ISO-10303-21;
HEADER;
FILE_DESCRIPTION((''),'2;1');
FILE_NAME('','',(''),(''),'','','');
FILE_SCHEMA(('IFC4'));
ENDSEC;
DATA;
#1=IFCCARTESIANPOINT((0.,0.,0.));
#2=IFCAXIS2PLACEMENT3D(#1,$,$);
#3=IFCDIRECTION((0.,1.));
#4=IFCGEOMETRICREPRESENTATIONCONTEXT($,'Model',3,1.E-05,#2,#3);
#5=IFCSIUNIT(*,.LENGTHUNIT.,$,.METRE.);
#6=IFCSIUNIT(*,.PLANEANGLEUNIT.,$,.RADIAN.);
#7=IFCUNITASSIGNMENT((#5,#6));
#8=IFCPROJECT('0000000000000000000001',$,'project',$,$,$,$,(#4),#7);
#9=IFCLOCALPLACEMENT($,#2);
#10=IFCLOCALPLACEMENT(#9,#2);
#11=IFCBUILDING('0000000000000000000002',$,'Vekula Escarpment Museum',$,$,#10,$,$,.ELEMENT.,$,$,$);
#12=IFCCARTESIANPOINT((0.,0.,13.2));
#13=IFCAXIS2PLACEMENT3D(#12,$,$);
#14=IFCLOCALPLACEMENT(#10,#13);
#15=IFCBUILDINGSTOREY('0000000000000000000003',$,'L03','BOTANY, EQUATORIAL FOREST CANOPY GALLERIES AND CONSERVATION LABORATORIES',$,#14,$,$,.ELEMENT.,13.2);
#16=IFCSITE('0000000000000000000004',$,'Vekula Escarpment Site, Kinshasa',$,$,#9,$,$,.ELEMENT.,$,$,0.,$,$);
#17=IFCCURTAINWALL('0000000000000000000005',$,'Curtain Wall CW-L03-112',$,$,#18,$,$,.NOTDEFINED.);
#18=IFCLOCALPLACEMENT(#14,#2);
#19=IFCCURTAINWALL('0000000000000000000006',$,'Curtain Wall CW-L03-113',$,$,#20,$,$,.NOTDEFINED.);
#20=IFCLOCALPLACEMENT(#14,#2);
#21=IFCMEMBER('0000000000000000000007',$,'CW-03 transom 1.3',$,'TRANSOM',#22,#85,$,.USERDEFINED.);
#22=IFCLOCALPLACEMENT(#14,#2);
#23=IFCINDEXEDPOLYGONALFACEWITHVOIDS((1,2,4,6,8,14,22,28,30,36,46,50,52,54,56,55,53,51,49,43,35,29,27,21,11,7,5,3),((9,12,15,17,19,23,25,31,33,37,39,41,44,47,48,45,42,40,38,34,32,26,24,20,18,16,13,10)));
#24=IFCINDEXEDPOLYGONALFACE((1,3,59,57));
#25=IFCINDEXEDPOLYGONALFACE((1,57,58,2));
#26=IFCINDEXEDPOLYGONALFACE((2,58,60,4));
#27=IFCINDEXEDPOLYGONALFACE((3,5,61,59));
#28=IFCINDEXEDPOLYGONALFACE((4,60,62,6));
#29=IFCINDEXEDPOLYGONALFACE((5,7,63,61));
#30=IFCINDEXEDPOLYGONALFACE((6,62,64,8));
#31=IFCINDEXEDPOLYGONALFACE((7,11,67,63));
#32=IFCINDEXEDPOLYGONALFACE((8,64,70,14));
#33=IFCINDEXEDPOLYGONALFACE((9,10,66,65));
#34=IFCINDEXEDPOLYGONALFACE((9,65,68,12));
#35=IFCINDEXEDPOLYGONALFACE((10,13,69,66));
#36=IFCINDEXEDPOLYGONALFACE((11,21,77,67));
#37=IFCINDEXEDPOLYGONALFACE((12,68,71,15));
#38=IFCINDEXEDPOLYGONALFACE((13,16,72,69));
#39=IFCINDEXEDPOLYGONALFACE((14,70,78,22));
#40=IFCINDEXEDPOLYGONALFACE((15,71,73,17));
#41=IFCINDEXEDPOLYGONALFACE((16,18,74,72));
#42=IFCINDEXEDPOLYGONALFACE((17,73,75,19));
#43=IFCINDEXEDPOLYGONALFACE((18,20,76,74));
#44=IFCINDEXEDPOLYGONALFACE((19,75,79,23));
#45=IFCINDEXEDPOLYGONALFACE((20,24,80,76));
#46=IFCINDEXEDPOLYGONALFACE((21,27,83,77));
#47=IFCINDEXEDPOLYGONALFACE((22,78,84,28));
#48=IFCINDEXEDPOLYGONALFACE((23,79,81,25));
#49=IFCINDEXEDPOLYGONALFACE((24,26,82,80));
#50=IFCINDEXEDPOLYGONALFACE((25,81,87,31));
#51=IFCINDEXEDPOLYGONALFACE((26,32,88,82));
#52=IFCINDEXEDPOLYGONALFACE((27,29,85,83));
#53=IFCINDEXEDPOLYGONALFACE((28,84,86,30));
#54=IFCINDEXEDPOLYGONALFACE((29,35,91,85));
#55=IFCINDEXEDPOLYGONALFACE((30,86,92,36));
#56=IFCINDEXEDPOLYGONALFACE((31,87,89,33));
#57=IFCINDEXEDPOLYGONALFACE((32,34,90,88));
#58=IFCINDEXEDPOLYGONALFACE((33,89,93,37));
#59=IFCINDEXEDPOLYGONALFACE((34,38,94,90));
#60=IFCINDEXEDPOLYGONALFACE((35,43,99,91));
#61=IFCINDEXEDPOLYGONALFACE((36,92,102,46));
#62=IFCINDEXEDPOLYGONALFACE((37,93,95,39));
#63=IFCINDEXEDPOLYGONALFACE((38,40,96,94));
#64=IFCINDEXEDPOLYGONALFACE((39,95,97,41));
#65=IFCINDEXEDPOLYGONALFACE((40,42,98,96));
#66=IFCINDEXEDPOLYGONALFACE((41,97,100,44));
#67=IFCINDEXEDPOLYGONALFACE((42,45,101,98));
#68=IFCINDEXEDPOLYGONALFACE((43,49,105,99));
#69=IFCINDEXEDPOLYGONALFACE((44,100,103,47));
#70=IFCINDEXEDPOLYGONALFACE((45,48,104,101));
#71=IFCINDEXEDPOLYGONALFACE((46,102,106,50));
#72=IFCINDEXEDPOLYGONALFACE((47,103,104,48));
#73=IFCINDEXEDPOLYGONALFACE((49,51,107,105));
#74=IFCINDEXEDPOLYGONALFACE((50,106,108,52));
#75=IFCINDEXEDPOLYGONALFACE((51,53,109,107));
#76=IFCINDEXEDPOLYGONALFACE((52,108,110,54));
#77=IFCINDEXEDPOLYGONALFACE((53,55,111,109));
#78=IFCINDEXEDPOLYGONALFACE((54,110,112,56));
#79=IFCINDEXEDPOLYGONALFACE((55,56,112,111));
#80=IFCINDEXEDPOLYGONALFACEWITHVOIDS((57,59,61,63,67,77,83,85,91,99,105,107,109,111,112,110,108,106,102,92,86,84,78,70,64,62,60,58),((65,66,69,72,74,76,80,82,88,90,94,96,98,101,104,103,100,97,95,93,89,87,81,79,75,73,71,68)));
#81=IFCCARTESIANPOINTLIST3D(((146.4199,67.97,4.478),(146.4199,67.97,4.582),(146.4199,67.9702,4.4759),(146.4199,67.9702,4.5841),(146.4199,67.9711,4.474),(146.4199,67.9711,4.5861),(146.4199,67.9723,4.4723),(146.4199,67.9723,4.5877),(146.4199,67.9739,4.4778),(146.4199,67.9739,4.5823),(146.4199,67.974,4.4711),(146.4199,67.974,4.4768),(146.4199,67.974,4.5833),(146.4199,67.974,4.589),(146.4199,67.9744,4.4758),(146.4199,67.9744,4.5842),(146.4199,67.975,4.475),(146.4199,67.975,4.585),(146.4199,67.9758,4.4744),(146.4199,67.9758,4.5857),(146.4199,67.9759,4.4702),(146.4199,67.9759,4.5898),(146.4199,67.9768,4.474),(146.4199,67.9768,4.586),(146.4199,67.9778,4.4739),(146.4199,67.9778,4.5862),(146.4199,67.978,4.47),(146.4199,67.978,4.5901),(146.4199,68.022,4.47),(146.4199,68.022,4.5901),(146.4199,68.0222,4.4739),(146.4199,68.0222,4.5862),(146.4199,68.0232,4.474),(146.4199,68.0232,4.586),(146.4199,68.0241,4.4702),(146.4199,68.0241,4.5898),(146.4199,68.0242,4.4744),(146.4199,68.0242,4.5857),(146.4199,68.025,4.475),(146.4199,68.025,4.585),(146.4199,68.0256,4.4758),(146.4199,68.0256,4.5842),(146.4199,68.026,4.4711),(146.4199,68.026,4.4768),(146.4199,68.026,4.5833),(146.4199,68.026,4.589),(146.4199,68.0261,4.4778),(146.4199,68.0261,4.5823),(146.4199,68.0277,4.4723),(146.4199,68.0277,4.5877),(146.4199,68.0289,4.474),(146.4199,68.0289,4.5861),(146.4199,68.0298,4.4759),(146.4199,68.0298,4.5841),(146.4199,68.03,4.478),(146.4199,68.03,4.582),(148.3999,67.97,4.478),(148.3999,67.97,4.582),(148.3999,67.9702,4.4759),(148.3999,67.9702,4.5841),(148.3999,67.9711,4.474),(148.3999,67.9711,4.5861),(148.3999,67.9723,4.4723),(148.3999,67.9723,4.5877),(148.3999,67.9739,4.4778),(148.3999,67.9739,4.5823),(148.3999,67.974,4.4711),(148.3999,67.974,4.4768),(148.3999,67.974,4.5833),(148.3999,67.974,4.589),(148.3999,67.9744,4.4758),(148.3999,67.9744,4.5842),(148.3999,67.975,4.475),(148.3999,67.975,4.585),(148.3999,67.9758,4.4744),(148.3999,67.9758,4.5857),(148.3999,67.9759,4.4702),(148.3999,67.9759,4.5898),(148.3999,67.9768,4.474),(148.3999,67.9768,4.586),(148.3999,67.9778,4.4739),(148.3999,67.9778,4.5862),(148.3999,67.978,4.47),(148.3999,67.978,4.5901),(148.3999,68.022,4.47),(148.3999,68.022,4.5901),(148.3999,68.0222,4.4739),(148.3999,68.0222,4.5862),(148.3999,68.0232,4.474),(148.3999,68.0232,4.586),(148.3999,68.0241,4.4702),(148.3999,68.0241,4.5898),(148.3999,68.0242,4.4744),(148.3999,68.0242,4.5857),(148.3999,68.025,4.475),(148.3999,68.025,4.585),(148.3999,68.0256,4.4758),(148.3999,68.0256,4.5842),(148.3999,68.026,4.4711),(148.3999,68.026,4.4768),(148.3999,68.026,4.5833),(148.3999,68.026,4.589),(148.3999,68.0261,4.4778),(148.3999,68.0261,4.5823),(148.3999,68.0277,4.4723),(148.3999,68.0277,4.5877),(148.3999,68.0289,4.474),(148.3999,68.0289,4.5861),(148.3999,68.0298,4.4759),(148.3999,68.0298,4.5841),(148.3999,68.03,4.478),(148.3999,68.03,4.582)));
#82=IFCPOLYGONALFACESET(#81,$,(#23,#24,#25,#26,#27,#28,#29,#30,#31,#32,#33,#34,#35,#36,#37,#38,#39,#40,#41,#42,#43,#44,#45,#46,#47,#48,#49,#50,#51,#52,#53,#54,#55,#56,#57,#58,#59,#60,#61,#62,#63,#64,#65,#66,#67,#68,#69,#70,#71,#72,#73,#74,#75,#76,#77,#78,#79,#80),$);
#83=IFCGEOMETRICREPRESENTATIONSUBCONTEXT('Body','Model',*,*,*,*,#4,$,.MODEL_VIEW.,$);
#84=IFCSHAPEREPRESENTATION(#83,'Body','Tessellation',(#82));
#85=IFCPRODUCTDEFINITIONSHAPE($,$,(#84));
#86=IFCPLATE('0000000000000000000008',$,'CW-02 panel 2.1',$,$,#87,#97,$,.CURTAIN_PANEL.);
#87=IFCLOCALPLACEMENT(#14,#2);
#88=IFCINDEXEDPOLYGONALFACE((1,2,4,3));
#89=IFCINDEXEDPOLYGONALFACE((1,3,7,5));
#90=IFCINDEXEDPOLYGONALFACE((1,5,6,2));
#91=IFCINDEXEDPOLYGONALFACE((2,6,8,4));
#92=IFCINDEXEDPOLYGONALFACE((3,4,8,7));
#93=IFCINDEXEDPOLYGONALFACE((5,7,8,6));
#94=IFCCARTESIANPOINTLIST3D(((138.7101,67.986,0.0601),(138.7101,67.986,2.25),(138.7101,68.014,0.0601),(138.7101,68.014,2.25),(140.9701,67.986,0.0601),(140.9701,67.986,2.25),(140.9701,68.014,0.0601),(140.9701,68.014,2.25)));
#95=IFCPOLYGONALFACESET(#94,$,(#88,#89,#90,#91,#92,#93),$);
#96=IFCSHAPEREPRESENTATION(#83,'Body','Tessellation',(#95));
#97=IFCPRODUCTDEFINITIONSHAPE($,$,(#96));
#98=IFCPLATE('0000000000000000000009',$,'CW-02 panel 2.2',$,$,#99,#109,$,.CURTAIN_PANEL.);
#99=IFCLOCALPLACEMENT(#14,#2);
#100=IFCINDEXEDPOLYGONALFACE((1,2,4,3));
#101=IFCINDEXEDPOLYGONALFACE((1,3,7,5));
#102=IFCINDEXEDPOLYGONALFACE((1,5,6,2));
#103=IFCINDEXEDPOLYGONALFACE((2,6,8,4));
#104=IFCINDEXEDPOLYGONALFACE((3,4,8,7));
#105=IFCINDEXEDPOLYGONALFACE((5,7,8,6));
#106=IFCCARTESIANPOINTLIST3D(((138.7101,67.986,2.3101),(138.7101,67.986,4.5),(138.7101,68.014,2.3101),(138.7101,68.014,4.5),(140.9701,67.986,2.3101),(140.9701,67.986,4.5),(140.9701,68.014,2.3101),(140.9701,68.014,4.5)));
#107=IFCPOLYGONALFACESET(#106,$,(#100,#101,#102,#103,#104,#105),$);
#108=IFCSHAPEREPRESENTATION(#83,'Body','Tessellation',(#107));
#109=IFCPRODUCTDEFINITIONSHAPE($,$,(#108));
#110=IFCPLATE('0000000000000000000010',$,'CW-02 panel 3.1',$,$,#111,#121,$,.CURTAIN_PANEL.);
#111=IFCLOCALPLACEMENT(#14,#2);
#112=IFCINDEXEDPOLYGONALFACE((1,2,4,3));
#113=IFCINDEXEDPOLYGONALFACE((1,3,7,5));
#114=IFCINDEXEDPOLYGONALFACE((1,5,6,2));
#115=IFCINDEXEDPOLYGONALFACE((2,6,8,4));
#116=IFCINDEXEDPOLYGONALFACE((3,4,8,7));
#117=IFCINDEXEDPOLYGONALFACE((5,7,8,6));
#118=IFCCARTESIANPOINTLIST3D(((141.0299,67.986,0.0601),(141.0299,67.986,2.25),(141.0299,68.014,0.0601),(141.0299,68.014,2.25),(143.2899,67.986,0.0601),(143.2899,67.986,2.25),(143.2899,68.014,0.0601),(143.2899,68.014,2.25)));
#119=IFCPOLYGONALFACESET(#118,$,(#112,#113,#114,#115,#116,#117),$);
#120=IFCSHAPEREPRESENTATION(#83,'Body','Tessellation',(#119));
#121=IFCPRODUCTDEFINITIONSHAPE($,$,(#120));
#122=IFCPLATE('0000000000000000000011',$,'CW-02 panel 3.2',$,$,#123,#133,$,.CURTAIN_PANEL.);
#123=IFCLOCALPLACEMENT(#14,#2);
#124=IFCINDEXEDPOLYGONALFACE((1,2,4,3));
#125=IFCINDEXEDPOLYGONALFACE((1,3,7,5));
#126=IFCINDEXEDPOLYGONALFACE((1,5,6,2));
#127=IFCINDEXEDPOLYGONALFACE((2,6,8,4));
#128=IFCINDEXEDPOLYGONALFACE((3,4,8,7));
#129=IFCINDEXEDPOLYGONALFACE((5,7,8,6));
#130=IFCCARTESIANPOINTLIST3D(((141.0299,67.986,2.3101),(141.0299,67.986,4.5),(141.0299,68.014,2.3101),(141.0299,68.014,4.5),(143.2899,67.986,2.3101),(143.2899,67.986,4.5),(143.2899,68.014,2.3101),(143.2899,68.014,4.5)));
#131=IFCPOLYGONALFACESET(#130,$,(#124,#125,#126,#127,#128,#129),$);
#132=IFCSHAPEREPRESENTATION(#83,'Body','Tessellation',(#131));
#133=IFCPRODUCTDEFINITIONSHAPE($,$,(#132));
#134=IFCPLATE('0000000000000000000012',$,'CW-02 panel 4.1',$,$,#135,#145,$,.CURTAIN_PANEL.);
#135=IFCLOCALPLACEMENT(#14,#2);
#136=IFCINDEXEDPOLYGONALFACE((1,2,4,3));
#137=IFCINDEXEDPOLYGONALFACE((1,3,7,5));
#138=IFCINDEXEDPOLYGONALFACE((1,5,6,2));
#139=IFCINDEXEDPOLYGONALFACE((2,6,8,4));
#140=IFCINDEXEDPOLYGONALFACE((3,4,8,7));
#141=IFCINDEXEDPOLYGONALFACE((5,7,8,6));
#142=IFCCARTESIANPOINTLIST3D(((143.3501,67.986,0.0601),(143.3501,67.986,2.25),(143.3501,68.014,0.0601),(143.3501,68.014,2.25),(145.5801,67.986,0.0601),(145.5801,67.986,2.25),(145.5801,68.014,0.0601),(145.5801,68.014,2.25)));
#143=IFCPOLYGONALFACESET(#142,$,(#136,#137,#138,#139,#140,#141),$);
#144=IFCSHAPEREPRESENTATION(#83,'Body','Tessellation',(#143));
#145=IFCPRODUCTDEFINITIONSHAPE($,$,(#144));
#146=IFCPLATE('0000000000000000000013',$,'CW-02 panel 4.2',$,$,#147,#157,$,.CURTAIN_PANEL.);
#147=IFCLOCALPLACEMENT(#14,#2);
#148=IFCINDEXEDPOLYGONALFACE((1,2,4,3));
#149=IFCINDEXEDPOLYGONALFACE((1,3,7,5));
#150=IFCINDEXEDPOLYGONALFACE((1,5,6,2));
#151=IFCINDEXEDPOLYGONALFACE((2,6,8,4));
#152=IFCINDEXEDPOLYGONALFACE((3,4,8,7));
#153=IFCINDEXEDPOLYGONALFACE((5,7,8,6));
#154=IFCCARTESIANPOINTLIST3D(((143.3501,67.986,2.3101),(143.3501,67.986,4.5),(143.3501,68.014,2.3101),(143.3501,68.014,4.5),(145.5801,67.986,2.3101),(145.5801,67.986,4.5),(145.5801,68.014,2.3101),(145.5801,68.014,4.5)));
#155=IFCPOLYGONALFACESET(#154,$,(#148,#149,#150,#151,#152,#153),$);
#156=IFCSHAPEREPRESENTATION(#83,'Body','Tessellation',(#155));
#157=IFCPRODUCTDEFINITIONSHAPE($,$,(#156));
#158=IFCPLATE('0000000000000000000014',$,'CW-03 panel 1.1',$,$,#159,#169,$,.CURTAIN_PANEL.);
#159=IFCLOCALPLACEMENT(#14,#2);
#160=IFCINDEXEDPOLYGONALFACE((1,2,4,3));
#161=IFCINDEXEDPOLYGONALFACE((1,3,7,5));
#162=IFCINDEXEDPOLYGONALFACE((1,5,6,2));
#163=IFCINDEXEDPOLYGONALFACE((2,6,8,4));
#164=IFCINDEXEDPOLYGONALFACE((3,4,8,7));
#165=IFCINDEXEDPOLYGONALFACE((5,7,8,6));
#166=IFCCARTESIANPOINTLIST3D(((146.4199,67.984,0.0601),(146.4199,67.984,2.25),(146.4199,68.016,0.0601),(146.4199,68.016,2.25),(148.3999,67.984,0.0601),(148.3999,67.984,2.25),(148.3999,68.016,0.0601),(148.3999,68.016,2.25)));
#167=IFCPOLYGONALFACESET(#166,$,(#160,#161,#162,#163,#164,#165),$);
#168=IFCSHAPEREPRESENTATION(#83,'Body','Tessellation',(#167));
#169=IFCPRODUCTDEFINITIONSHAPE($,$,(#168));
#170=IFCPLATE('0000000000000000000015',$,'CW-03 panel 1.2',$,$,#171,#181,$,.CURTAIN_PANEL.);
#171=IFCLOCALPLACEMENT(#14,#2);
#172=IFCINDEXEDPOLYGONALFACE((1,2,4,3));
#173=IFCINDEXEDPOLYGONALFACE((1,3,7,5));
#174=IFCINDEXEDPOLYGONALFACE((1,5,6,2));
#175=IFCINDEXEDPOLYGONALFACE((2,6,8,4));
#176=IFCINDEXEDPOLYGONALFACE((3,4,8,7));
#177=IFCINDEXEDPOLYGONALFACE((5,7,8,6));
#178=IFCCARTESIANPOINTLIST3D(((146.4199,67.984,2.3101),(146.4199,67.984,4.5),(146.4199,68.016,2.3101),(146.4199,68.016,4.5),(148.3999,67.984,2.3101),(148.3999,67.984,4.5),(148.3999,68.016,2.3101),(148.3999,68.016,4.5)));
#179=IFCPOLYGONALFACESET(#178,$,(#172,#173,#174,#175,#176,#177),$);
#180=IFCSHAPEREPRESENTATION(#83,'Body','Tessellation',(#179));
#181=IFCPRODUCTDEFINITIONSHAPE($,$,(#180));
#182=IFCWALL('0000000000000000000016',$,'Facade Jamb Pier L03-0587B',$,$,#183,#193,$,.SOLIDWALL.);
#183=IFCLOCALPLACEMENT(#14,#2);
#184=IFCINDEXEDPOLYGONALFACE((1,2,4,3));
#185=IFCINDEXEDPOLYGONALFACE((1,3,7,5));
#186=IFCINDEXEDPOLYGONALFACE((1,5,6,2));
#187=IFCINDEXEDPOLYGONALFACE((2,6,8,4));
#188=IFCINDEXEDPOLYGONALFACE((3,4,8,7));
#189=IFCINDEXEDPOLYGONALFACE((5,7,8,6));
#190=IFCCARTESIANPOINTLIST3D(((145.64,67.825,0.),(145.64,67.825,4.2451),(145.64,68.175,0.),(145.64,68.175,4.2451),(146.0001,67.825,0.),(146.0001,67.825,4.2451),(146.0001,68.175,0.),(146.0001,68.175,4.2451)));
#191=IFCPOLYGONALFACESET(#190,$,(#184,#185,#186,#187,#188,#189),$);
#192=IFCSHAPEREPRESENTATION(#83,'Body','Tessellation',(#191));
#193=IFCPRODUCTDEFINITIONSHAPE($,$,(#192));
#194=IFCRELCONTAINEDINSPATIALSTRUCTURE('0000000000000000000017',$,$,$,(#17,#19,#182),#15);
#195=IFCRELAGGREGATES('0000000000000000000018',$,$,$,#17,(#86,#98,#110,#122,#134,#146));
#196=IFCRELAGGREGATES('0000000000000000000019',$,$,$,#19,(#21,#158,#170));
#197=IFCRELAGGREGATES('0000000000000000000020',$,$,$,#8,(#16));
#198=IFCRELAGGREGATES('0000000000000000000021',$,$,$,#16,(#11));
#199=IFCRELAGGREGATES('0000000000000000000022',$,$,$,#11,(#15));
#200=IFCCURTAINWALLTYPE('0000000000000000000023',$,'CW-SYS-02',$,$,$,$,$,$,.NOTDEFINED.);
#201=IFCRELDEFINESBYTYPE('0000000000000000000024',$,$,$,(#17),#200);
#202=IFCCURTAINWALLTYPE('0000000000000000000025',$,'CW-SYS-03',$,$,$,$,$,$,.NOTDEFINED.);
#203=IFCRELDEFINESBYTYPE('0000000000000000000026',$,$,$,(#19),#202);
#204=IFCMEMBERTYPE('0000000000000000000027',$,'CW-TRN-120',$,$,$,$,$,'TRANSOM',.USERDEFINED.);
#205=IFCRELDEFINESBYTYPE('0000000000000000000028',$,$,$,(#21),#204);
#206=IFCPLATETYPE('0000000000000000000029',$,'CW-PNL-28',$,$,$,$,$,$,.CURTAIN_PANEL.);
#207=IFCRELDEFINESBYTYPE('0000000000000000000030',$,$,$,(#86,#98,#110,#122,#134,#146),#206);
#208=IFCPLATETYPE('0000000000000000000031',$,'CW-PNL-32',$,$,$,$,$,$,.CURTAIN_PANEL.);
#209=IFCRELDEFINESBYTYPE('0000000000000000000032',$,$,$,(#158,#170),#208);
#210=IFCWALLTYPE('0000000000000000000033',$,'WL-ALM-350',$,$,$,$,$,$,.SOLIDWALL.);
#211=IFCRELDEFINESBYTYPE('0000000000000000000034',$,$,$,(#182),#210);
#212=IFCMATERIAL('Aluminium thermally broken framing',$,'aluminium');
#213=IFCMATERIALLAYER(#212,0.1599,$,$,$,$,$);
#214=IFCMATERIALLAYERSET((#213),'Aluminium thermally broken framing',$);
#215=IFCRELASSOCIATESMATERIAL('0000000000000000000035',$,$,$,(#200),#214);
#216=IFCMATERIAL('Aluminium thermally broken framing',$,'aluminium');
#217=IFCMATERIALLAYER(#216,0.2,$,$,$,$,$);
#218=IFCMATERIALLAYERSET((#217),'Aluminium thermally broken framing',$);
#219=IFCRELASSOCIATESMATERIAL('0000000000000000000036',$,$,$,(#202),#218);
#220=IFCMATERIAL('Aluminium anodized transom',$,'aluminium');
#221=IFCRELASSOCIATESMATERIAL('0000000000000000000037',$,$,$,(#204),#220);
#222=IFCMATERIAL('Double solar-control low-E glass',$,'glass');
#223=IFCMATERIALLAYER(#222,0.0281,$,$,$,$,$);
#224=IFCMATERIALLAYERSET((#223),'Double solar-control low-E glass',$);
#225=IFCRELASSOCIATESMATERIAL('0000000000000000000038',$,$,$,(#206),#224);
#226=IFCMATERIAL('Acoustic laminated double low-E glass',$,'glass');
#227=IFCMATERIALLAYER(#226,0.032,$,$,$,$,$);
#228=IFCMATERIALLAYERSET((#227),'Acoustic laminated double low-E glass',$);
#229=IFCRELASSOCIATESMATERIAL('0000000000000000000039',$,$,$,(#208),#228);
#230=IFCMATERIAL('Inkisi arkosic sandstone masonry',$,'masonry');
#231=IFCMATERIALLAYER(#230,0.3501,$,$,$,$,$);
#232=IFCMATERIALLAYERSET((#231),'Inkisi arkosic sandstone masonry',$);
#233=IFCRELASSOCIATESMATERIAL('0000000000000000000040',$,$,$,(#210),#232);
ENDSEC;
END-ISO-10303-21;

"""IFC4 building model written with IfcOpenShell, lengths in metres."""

from ifc_helpers import new_model, si_unit, direction, frame, frame_2d, origin, origin_2d, place, context, subcontext, project, spatial, rectangle, hollow_rectangle, extrude, material, layer, layer_set, material_profile, profile_set, type_object, element, aggregate, save


model = new_model("IFC4")

# Units and contexts
model_context = context("Model", 3, precision=1e-05, world=origin(), true_north=direction((0.0, 1.0)))
body_context = subcontext(model_context, "Body", "Model", "MODEL_VIEW")
ifc_project = project(units=[si_unit("LENGTHUNIT", "METRE"), si_unit("PLANEANGLEUNIT", "RADIAN")], contexts=[model_context])

# Site, building, storey
site_placement = place(None, origin())
site = spatial("IfcSite", under=ifc_project, at=site_placement, Name="Vekula Escarpment Site, Kinshasa", CompositionType="ELEMENT", RefElevation=0.0)
building_placement = place(site_placement, origin())
building = spatial("IfcBuilding", under=site, at=building_placement, Name="Vekula Escarpment Museum", CompositionType="ELEMENT")
storey_placement = place(building_placement, frame((0.0, 0.0, 13.2)))
storey = spatial("IfcBuildingStorey", under=building, at=storey_placement, Name="L03", Description="BOTANY, EQUATORIAL FOREST CANOPY GALLERIES AND CONSERVATION LABORATORIES", CompositionType="ELEMENT", Elevation=13.2)

# Curtain walls
ifc_material_1 = material(Name="Aluminium thermally broken framing", Category="aluminium")
ifc_layer_1 = layer(ifc_material_1, 0.1599)
ifc_layer_set_1 = layer_set([ifc_layer_1], Name="Aluminium thermally broken framing")
curtain_wall_type_1 = type_object("IfcCurtainWallType", Name="CW-SYS-02", PredefinedType="NOTDEFINED", material=ifc_layer_set_1)
curtain_wall_1_placement = place(storey_placement, origin())
curtain_wall_1 = element("IfcCurtainWall", 1, at=curtain_wall_1_placement, inside=storey, type_object=curtain_wall_type_1, Name="Curtain Wall CW-L03-112", PredefinedType="NOTDEFINED")
ifc_material_2 = material(Name="Aluminium thermally broken framing", Category="aluminium")
ifc_layer_2 = layer(ifc_material_2, 0.2)
ifc_layer_set_2 = layer_set([ifc_layer_2], Name="Aluminium thermally broken framing")
curtain_wall_type_2 = type_object("IfcCurtainWallType", Name="CW-SYS-03", PredefinedType="NOTDEFINED", material=ifc_layer_set_2)
curtain_wall_2_placement = place(storey_placement, origin())
curtain_wall_2 = element("IfcCurtainWall", 2, at=curtain_wall_2_placement, inside=storey, type_object=curtain_wall_type_2, Name="Curtain Wall CW-L03-113", PredefinedType="NOTDEFINED")

# Member
ifc_material_3 = material(Name="Aluminium anodized transom", Category="aluminium")
ifc_material_profile_1 = material_profile(ifc_material_3, hollow_rectangle(XDim=0.0601, YDim=0.1201, WallThickness=0.0039, InnerFilletRadius=0.0039, OuterFilletRadius=0.0081, at=origin_2d()), Name="ALU 120x60x4")
ifc_profile_set_1 = profile_set([ifc_material_profile_1], Name="Aluminium anodized transom")
member_type_1 = type_object("IfcMemberType", Name="CW-TRN-120", ElementType="TRANSOM", PredefinedType="USERDEFINED", material=ifc_profile_set_1)
member_1_placement = place(storey_placement, frame((146.4199, 68.0, 4.53), z_axis=(1.0, 0.0, 0.0), x_axis=(0.0, 1.0, 0.0)))
member_1 = element("IfcMember", 3, at=member_1_placement, type_object=member_type_1, Name="CW-03 transom 1.3", ObjectType="TRANSOM", PredefinedType="USERDEFINED", context=body_context, shape_type="SweptSolid", body=[
    extrude(hollow_rectangle(XDim=0.0601, YDim=0.1201, WallThickness=0.0039, InnerFilletRadius=0.0039, OuterFilletRadius=0.0081, at=origin_2d()), origin(), (0.0, 0.0, 1.0), 1.98),
])

# Plates
ifc_material_4 = material(Name="Double solar-control low-E glass", Category="glass")
ifc_layer_3 = layer(ifc_material_4, 0.0281)
ifc_layer_set_3 = layer_set([ifc_layer_3], Name="Double solar-control low-E glass")
plate_type_1 = type_object("IfcPlateType", Name="CW-PNL-28", PredefinedType="CURTAIN_PANEL", material=ifc_layer_set_3)
plate_1_placement = place(storey_placement, frame((139.8401, 68.0, 0.0601), z_axis=(0.0, 0.0, 1.0), x_axis=(1.0, 0.0, 0.0)))
plate_1 = element("IfcPlate", 4, at=plate_1_placement, type_object=plate_type_1, Name="CW-02 panel 2.1", PredefinedType="CURTAIN_PANEL", context=body_context, shape_type="SweptSolid", body=[
    extrude(rectangle(XDim=2.26, YDim=0.0281, at=origin_2d()), origin(), (0.0, 0.0, 1.0), 2.1899),
])
plate_2_placement = place(storey_placement, frame((139.8401, 68.0, 2.3101), z_axis=(0.0, 0.0, 1.0), x_axis=(1.0, 0.0, 0.0)))
plate_2 = element("IfcPlate", 5, at=plate_2_placement, type_object=plate_type_1, Name="CW-02 panel 2.2", PredefinedType="CURTAIN_PANEL", context=body_context, shape_type="SweptSolid", body=[
    extrude(rectangle(XDim=2.26, YDim=0.0281, at=origin_2d()), origin(), (0.0, 0.0, 1.0), 2.1899),
])
plate_3_placement = place(storey_placement, frame((142.1599, 68.0, 0.0601), z_axis=(0.0, 0.0, 1.0), x_axis=(1.0, 0.0, 0.0)))
plate_3 = element("IfcPlate", 6, at=plate_3_placement, type_object=plate_type_1, Name="CW-02 panel 3.1", PredefinedType="CURTAIN_PANEL", context=body_context, shape_type="SweptSolid", body=[
    extrude(rectangle(XDim=2.26, YDim=0.0281, at=origin_2d()), origin(), (0.0, 0.0, 1.0), 2.1899),
])
plate_4_placement = place(storey_placement, frame((142.1599, 68.0, 2.3101), z_axis=(0.0, 0.0, 1.0), x_axis=(1.0, 0.0, 0.0)))
plate_4 = element("IfcPlate", 7, at=plate_4_placement, type_object=plate_type_1, Name="CW-02 panel 3.2", PredefinedType="CURTAIN_PANEL", context=body_context, shape_type="SweptSolid", body=[
    extrude(rectangle(XDim=2.26, YDim=0.0281, at=origin_2d()), origin(), (0.0, 0.0, 1.0), 2.1899),
])
plate_5_placement = place(storey_placement, frame((144.4651, 68.0, 0.0601), z_axis=(0.0, 0.0, 1.0), x_axis=(1.0, 0.0, 0.0)))
plate_5 = element("IfcPlate", 8, at=plate_5_placement, type_object=plate_type_1, Name="CW-02 panel 4.1", PredefinedType="CURTAIN_PANEL", context=body_context, shape_type="SweptSolid", body=[
    extrude(rectangle(XDim=2.23, YDim=0.0281, at=origin_2d()), origin(), (0.0, 0.0, 1.0), 2.1899),
])
plate_6_placement = place(storey_placement, frame((144.4651, 68.0, 2.3101), z_axis=(0.0, 0.0, 1.0), x_axis=(1.0, 0.0, 0.0)))
plate_6 = element("IfcPlate", 9, at=plate_6_placement, type_object=plate_type_1, Name="CW-02 panel 4.2", PredefinedType="CURTAIN_PANEL", context=body_context, shape_type="SweptSolid", body=[
    extrude(rectangle(XDim=2.23, YDim=0.0281, at=origin_2d()), origin(), (0.0, 0.0, 1.0), 2.1899),
])
aggregate(curtain_wall_1, [plate_1, plate_2, plate_3, plate_4, plate_5, plate_6])
ifc_material_5 = material(Name="Acoustic laminated double low-E glass", Category="glass")
ifc_layer_4 = layer(ifc_material_5, 0.032)
ifc_layer_set_4 = layer_set([ifc_layer_4], Name="Acoustic laminated double low-E glass")
plate_type_2 = type_object("IfcPlateType", Name="CW-PNL-32", PredefinedType="CURTAIN_PANEL", material=ifc_layer_set_4)
plate_7_placement = place(storey_placement, frame((147.4099, 68.0, 0.0601), z_axis=(0.0, 0.0, 1.0), x_axis=(1.0, 0.0, 0.0)))
plate_7 = element("IfcPlate", 10, at=plate_7_placement, type_object=plate_type_2, Name="CW-03 panel 1.1", PredefinedType="CURTAIN_PANEL", context=body_context, shape_type="SweptSolid", body=[
    extrude(rectangle(XDim=1.98, YDim=0.032, at=origin_2d()), origin(), (0.0, 0.0, 1.0), 2.1899),
])
plate_8_placement = place(storey_placement, frame((147.4099, 68.0, 2.3101), z_axis=(0.0, 0.0, 1.0), x_axis=(1.0, 0.0, 0.0)))
plate_8 = element("IfcPlate", 11, at=plate_8_placement, type_object=plate_type_2, Name="CW-03 panel 1.2", PredefinedType="CURTAIN_PANEL", context=body_context, shape_type="SweptSolid", body=[
    extrude(rectangle(XDim=1.98, YDim=0.032, at=origin_2d()), origin(), (0.0, 0.0, 1.0), 2.1899),
])
aggregate(curtain_wall_2, [member_1, plate_7, plate_8])

# Wall
ifc_material_6 = material(Name="Inkisi arkosic sandstone masonry", Category="masonry")
ifc_layer_5 = layer(ifc_material_6, 0.3501)
ifc_layer_set_5 = layer_set([ifc_layer_5], Name="Inkisi arkosic sandstone masonry")
wall_type = type_object("IfcWallType", Name="WL-ALM-350", PredefinedType="SOLIDWALL", material=ifc_layer_set_5)
for number, where, z_axis, x_axis, name in (
    (12, (145.6399, 68.0, 0.0), (0.0, 0.0, 1.0), (1.0, 0.0, 0.0), "Facade Jamb Pier L03-0587B"),
):
    element("IfcWall", number, at=place(storey_placement, frame(where, z_axis=z_axis, x_axis=x_axis)), inside=storey, type_object=wall_type, Name=name, PredefinedType="SOLIDWALL", context=body_context, shape_type="SweptSolid", body=[
        extrude(rectangle(XDim=0.3601, YDim=0.3501, at=frame_2d((0.1802, 0.0))), origin(), (0.0, 0.0, 1.0), 4.2451),
    ])

save(model, "model.ifc")
